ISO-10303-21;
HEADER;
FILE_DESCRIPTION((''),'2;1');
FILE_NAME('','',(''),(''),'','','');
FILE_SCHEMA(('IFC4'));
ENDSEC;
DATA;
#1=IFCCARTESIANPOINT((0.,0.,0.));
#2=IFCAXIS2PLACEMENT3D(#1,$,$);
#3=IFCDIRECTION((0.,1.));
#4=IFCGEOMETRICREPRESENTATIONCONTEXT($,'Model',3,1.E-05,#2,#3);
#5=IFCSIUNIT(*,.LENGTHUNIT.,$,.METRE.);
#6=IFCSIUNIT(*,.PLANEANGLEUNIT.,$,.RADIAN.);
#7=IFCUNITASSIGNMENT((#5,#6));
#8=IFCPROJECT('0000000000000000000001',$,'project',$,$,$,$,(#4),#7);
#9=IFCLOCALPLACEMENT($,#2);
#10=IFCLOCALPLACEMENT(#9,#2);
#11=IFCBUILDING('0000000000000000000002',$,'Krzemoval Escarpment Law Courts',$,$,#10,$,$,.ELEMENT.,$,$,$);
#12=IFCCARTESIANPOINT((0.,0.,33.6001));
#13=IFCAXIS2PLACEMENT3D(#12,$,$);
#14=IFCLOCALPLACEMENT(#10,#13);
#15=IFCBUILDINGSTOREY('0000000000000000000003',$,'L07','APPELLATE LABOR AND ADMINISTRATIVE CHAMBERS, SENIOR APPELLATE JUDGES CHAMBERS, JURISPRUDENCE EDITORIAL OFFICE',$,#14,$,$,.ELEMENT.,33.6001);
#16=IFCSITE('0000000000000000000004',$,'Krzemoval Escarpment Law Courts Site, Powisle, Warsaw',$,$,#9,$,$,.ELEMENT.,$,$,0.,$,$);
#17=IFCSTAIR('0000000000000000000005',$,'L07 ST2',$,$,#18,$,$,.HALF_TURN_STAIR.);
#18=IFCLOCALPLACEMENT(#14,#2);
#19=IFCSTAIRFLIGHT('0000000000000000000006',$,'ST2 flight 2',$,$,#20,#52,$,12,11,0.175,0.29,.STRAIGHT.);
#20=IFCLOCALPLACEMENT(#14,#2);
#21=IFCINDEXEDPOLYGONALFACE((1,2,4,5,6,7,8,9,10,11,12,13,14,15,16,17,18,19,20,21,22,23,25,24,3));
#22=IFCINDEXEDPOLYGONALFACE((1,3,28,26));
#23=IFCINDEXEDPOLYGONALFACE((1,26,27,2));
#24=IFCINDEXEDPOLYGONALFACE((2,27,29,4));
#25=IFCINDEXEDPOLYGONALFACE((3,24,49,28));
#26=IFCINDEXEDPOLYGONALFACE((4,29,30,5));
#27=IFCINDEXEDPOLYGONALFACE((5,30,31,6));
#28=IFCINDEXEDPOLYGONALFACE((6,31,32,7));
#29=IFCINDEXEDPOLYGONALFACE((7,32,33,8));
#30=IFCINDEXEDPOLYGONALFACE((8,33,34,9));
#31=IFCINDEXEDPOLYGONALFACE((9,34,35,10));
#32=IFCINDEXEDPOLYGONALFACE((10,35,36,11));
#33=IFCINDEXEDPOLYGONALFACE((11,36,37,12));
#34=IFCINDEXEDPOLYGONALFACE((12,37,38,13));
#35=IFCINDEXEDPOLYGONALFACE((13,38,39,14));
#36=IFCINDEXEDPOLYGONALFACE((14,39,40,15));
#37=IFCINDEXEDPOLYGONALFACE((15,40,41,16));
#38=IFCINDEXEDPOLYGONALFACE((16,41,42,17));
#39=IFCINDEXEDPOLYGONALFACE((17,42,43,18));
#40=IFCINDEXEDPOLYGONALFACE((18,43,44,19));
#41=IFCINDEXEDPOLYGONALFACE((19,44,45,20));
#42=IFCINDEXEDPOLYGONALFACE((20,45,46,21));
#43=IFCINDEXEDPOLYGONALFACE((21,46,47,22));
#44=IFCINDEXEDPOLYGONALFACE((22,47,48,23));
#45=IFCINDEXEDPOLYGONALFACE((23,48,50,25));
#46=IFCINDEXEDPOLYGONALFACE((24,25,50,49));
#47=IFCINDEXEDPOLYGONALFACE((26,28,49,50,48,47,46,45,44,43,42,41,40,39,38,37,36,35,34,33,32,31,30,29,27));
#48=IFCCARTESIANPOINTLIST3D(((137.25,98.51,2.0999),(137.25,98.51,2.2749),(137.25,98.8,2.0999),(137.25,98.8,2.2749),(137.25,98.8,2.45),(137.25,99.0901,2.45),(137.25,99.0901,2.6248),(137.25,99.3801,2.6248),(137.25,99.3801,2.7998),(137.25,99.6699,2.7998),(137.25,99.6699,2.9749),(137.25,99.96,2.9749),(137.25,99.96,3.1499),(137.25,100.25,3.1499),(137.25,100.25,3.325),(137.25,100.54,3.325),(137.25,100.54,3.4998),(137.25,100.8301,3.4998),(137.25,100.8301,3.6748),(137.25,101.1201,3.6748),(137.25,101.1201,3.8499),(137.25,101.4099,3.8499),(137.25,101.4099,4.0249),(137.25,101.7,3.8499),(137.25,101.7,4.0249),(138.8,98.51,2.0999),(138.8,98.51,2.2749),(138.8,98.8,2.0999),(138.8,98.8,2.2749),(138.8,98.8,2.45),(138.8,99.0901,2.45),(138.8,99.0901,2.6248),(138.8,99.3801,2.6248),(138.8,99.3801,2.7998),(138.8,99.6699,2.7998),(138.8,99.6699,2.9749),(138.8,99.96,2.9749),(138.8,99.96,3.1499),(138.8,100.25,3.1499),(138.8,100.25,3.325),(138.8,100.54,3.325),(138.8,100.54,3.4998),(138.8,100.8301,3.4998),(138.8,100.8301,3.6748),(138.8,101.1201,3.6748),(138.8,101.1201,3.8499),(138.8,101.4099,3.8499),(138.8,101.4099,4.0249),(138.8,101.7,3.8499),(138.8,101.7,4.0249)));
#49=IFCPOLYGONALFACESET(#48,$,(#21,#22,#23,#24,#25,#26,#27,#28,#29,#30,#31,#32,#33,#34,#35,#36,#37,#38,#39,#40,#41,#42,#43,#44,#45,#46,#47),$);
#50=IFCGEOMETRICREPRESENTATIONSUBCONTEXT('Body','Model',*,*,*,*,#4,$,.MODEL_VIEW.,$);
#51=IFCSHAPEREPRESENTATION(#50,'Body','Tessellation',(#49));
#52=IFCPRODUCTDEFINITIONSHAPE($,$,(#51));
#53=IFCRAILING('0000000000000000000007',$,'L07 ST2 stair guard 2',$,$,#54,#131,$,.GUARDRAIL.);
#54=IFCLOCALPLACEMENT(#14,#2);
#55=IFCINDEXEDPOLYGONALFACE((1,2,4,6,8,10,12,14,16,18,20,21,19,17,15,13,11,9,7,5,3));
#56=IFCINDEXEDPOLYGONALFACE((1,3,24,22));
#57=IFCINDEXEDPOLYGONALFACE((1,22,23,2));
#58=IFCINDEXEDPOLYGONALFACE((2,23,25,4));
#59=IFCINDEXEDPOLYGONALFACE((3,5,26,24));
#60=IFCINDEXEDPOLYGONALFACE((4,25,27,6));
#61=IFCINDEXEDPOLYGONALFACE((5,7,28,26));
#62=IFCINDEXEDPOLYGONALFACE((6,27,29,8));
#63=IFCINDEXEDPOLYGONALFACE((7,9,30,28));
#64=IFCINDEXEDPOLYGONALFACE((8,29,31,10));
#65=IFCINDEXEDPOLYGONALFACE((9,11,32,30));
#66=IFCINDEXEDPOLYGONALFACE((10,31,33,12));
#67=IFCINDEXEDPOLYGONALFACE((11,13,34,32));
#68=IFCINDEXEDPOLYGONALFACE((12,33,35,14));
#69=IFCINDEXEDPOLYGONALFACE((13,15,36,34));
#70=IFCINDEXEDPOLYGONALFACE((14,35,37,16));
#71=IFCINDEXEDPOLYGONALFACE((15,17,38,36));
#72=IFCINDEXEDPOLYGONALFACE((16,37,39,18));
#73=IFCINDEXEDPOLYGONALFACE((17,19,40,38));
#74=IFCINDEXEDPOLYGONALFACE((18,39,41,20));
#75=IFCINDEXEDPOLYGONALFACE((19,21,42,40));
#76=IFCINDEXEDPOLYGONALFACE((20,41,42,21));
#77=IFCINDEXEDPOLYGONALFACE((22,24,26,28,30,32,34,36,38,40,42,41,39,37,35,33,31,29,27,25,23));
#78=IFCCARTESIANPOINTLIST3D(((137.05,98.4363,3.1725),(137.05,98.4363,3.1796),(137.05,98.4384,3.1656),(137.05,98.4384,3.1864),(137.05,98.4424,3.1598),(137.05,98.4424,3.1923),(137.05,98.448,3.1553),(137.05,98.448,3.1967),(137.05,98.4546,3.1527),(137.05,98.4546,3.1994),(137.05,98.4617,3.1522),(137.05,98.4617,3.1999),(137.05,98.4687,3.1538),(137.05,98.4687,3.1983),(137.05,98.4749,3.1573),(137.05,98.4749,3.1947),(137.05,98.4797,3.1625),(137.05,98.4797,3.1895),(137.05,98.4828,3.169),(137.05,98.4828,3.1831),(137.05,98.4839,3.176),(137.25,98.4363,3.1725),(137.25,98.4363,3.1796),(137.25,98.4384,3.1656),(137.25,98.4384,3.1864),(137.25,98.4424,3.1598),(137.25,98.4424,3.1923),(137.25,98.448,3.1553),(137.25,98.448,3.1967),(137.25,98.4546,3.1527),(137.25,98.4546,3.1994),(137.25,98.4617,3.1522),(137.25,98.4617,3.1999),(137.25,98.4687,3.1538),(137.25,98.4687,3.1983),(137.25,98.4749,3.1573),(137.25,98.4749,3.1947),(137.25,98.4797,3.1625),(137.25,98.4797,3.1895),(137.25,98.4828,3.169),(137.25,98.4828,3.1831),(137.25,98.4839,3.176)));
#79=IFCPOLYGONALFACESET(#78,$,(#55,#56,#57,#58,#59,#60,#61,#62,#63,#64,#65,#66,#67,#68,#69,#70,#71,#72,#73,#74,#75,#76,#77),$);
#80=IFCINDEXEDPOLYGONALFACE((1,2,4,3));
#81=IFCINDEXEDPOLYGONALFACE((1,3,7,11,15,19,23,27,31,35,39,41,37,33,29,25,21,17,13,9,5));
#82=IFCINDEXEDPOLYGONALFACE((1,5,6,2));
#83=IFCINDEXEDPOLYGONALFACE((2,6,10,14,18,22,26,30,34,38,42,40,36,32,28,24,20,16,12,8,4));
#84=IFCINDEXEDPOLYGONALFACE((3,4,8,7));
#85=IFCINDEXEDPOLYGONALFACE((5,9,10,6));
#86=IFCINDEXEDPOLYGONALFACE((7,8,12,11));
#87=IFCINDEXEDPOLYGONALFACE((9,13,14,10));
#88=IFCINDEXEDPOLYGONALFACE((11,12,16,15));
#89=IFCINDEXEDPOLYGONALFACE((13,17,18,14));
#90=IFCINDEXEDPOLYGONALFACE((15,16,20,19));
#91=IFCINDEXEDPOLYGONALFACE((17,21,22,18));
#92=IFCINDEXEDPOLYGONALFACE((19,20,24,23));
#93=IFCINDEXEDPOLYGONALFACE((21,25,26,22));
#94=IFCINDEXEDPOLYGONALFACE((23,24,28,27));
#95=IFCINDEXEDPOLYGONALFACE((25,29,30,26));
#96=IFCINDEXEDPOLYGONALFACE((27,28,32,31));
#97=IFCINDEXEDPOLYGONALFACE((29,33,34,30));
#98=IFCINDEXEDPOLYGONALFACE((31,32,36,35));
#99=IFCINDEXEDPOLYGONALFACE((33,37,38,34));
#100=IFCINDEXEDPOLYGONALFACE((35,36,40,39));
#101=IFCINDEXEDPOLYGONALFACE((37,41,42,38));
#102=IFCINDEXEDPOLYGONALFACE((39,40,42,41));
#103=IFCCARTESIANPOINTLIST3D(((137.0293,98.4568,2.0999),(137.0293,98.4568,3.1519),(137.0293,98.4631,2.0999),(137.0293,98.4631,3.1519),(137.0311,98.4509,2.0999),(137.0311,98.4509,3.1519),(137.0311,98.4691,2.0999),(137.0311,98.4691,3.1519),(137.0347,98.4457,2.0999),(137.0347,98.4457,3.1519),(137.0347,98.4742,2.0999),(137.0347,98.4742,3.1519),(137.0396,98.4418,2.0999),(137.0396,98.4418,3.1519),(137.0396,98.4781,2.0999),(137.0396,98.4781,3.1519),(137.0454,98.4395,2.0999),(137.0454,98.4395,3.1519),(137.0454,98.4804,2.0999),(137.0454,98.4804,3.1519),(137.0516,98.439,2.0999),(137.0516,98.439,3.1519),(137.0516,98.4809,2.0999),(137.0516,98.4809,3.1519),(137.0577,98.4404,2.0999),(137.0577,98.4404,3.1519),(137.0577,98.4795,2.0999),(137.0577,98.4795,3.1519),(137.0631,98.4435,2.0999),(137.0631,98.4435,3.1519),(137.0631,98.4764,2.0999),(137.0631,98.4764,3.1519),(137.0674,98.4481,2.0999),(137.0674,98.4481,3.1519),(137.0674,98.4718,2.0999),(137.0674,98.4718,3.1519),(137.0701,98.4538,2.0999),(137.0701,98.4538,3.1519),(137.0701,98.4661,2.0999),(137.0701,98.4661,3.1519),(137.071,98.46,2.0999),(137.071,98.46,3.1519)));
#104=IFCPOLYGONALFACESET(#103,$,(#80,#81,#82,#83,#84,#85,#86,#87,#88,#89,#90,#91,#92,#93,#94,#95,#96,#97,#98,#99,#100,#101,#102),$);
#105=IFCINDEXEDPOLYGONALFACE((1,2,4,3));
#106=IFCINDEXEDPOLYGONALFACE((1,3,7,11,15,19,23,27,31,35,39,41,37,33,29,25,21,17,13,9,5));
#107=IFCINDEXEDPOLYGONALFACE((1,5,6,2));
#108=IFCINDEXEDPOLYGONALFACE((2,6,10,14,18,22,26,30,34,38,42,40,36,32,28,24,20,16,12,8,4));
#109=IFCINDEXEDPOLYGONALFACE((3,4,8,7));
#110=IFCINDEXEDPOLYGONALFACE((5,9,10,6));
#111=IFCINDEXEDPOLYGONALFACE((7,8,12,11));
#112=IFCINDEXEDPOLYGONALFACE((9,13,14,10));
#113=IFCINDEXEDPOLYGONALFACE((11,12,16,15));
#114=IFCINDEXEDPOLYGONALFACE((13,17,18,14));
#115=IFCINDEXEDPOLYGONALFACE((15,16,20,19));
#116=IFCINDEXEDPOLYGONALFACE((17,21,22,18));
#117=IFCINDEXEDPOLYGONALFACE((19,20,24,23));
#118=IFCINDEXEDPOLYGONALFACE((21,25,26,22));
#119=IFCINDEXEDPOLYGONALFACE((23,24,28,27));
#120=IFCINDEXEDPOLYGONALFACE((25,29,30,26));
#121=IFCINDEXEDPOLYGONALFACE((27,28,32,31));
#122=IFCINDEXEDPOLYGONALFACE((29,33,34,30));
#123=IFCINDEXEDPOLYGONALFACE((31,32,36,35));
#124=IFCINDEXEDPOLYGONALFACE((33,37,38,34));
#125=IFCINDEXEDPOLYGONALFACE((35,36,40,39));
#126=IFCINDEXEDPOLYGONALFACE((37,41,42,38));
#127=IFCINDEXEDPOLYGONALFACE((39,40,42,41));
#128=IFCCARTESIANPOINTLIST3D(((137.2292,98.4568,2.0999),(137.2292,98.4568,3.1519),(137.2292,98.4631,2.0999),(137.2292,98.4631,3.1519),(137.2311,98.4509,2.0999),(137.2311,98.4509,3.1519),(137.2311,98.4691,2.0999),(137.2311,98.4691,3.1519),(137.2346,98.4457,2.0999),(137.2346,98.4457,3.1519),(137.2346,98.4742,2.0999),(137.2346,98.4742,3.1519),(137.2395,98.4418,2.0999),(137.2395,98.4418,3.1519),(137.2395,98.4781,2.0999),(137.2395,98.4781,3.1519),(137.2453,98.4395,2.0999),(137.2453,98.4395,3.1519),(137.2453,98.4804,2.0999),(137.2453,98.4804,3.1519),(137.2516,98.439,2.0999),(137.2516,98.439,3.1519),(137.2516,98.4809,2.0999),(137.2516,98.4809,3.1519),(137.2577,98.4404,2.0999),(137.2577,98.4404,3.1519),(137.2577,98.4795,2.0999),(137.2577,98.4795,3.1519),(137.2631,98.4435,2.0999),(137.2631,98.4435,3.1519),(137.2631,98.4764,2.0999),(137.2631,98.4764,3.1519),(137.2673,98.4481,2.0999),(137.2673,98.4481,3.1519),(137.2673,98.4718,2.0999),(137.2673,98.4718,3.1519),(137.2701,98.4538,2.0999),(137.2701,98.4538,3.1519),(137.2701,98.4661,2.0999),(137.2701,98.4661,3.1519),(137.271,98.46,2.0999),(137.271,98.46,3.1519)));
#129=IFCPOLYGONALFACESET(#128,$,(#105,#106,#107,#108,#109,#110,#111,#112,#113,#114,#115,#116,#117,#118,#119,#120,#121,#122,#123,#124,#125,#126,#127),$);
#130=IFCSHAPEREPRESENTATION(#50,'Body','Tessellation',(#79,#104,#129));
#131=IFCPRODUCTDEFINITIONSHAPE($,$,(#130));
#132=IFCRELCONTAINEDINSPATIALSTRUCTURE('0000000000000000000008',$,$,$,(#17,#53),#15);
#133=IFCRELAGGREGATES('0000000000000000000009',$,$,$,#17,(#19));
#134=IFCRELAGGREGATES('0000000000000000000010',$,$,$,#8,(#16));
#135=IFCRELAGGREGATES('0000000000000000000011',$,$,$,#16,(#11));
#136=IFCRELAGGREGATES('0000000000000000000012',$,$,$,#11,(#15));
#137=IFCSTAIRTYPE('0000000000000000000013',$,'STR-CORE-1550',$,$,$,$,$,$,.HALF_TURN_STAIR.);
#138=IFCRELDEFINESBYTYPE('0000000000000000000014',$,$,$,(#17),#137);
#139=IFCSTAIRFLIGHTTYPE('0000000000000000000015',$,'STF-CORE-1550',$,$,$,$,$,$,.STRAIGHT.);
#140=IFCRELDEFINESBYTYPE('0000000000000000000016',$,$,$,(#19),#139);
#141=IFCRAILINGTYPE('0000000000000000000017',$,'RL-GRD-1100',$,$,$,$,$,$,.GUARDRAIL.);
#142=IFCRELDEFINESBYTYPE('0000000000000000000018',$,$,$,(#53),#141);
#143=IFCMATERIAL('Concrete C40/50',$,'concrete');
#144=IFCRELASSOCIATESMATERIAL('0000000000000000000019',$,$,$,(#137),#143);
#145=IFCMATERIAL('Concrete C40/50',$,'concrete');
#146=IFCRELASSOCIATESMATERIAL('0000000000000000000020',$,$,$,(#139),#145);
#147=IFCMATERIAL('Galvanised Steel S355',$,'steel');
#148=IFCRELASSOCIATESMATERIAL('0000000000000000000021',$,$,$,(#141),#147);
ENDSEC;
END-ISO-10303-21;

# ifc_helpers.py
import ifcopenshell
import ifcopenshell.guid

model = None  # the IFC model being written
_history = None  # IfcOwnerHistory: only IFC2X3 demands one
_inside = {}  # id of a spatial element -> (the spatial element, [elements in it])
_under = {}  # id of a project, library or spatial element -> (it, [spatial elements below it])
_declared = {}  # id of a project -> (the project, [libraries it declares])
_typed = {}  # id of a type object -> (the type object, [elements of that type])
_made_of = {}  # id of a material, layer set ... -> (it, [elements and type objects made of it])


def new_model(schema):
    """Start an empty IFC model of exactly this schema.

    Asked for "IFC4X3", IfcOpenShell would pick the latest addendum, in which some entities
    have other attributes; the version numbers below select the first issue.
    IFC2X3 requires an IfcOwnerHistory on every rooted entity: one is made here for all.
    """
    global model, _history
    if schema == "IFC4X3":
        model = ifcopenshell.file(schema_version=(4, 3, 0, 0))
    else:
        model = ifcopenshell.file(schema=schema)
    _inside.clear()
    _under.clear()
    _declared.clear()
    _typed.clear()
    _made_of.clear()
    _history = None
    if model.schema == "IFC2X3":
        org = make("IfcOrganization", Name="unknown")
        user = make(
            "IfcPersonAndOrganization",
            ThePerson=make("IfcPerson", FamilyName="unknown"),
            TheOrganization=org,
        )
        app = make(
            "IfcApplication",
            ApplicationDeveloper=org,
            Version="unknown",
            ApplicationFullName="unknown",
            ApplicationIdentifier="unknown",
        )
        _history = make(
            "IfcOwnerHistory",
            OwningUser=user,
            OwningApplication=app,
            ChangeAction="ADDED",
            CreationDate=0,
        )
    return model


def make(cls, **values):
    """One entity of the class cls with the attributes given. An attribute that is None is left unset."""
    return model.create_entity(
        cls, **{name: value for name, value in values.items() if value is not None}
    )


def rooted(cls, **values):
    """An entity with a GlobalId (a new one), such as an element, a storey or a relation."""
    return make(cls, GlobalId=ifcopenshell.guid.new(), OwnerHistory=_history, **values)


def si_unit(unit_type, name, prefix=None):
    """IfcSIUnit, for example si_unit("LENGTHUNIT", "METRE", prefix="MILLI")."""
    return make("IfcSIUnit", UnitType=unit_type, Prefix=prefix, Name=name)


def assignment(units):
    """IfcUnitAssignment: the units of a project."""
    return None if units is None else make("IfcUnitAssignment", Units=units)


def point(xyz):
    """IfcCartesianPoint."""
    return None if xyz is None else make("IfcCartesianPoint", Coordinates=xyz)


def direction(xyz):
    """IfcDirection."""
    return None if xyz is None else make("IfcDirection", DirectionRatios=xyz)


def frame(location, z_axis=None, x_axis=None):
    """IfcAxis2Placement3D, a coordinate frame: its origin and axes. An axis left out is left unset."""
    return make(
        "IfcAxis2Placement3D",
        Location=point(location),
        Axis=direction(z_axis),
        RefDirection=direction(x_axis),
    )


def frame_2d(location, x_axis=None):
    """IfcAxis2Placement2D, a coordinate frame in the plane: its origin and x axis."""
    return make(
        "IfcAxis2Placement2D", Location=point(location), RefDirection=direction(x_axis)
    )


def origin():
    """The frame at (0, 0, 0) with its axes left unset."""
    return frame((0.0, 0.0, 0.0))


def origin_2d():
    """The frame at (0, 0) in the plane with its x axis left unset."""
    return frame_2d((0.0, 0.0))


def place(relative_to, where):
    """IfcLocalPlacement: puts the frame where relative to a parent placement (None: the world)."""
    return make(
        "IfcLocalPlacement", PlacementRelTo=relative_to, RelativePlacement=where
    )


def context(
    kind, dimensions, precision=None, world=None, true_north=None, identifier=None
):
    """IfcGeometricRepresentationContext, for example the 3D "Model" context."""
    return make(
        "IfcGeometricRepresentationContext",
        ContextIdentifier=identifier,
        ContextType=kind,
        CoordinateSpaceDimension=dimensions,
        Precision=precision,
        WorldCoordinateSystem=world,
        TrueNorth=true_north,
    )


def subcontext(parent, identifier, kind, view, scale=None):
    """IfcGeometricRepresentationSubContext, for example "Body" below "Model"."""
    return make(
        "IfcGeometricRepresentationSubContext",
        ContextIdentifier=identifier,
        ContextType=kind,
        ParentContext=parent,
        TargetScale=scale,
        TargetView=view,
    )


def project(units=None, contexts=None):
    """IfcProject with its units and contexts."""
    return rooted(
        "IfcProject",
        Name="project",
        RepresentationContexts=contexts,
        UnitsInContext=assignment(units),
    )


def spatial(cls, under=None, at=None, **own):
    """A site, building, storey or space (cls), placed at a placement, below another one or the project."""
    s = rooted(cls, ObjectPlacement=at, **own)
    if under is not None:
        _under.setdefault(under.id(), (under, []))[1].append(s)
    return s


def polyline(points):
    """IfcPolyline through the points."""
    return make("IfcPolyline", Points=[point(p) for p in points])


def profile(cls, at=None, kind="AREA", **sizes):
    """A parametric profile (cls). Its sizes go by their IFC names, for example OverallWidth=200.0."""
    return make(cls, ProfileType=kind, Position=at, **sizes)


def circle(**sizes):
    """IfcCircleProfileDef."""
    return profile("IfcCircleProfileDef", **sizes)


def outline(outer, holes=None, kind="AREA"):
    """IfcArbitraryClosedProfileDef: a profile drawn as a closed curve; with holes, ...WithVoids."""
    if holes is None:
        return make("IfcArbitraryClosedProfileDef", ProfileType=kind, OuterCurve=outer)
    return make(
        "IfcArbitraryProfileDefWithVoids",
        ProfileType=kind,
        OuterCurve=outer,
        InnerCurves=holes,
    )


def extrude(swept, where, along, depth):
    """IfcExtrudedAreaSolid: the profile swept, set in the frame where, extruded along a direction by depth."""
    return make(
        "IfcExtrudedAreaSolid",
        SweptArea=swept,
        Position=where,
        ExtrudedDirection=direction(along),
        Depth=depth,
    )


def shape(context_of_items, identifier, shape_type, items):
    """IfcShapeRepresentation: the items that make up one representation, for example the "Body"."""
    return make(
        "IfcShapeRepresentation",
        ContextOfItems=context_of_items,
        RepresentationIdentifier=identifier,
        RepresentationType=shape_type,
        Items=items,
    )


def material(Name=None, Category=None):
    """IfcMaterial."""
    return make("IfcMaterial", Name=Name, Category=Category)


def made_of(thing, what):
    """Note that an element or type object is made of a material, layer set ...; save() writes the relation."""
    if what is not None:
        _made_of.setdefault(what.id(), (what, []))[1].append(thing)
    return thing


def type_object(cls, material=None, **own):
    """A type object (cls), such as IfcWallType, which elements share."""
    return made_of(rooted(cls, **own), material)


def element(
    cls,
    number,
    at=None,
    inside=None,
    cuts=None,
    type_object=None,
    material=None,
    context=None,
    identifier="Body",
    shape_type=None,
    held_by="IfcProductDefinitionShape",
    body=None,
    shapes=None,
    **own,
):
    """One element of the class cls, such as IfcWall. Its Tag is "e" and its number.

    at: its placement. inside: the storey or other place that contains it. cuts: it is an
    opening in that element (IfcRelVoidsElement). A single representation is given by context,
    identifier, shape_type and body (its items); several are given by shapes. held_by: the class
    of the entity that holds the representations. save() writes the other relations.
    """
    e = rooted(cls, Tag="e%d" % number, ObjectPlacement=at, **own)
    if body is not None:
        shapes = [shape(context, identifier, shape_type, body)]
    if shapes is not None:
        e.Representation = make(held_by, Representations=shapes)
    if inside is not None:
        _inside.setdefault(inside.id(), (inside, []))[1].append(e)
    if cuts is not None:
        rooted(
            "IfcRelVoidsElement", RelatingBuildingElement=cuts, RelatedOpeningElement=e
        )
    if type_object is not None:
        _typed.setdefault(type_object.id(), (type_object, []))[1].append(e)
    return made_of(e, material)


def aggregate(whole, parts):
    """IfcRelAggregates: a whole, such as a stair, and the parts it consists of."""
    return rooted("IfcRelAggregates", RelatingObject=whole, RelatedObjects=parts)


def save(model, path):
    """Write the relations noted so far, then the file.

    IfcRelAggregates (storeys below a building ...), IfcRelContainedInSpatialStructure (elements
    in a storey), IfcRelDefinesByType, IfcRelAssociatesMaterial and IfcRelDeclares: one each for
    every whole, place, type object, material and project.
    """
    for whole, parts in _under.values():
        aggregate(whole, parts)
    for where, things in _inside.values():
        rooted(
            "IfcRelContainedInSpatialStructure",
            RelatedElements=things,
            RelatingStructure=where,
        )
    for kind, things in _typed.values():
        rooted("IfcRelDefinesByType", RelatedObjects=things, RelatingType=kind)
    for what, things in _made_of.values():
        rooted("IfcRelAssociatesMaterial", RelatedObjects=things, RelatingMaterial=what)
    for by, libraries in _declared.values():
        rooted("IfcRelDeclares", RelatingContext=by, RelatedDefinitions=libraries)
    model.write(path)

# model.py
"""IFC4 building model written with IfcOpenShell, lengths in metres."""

from ifc_helpers import new_model, si_unit, direction, frame, origin, origin_2d, place, context, subcontext, project, spatial, polyline, circle, outline, extrude, material, type_object, element, aggregate, save


model = new_model("IFC4")

# Units and contexts
model_context = context("Model", 3, precision=1e-05, world=origin(), true_north=direction((0.0, 1.0)))
body_context = subcontext(model_context, "Body", "Model", "MODEL_VIEW")
ifc_project = project(units=[si_unit("LENGTHUNIT", "METRE"), si_unit("PLANEANGLEUNIT", "RADIAN")], contexts=[model_context])

# Site, building, storey
site_placement = place(None, origin())
site = spatial("IfcSite", under=ifc_project, at=site_placement, Name="Krzemoval Escarpment Law Courts Site, Powisle, Warsaw", CompositionType="ELEMENT", RefElevation=0.0)
building_placement = place(site_placement, origin())
building = spatial("IfcBuilding", under=site, at=building_placement, Name="Krzemoval Escarpment Law Courts", CompositionType="ELEMENT")
storey_placement = place(building_placement, frame((0.0, 0.0, 33.6001)))
storey = spatial("IfcBuildingStorey", under=building, at=storey_placement, Name="L07", Description="APPELLATE LABOR AND ADMINISTRATIVE CHAMBERS, SENIOR APPELLATE JUDGES CHAMBERS, JURISPRUDENCE EDITORIAL OFFICE", CompositionType="ELEMENT", Elevation=33.6001)

# Stair, stair flight
ifc_material_1 = material(Name="Concrete C40/50", Category="concrete")
stair_type = type_object("IfcStairType", Name="STR-CORE-1550", PredefinedType="HALF_TURN_STAIR", material=ifc_material_1)
stair_placement = place(storey_placement, origin())
stair = element("IfcStair", 1, at=stair_placement, inside=storey, type_object=stair_type, Name="L07 ST2", PredefinedType="HALF_TURN_STAIR")
ifc_material_2 = material(Name="Concrete C40/50", Category="concrete")
stair_flight_type = type_object("IfcStairFlightType", Name="STF-CORE-1550", PredefinedType="STRAIGHT", material=ifc_material_2)
stair_flight_placement = place(storey_placement, frame((138.0249, 98.51, 2.0999), z_axis=(0.0, 0.0, 1.0), x_axis=(0.0, 1.0, 0.0)))
stair_flight = element("IfcStairFlight", 2, at=stair_flight_placement, type_object=stair_flight_type, Name="ST2 flight 2", NumberOfRisers=12, NumberOfTreads=11, PredefinedType="STRAIGHT", RiserHeight=0.175, TreadLength=0.29, context=body_context, shape_type="SweptSolid", body=[
    extrude(outline(polyline([(0.0, 0.0), (0.0, 0.175), (0.29, 0.175), (0.29, 0.3501), (0.5801, 0.3501), (0.5801, 0.5249), (0.8701, 0.5249), (0.8701, 0.7), (1.1599, 0.7), (1.1599, 0.875), (1.45, 0.875), (1.45, 1.05), (1.74, 1.05), (1.74, 1.2251), (2.03, 1.2251), (2.03, 1.3999), (2.3201, 1.3999), (2.3201, 1.575), (2.6101, 1.575), (2.6101, 1.75), (2.8999, 1.75), (2.8999, 1.925), (3.1899, 1.925), (3.1899, 2.1001), (3.1899, 1.75), (0.29, 0.0), (0.0, 0.0)])), frame((0.0, 0.7749, 0.0), z_axis=(0.0, -1.0, 0.0), x_axis=(1.0, 0.0, 0.0)), (0.0, 0.0, 1.0), 1.55),
])
aggregate(stair, [stair_flight])

# Railing
ifc_material_3 = material(Name="Galvanised Steel S355", Category="steel")
railing_type_1 = type_object("IfcRailingType", Name="RL-GRD-1100", PredefinedType="GUARDRAIL", material=ifc_material_3)
railing_1_placement = place(storey_placement, frame((137.05, 98.46, 2.0999)))
element("IfcRailing", 3, at=railing_1_placement, inside=storey, type_object=railing_type_1, Name="L07 ST2 stair guard 2", PredefinedType="GUARDRAIL", context=body_context, shape_type="SweptSolid", body=[
    extrude(circle(Radius=0.0239, at=origin_2d()), frame((0.0, 0.0, 1.0762), z_axis=(1.0, 0.0, 0.0), x_axis=(0.0, 1.0, 0.0)), (0.0, 0.0, 1.0), 0.2),
    extrude(circle(Radius=0.021, at=origin_2d()), origin(), (0.0, 0.0, 1.0), 1.052),
    extrude(circle(Radius=0.021, at=origin_2d()), frame((0.2, 0.0, 0.0)), (0.0, 0.0, 1.0), 1.052),
])

save(model, "model.ifc")
